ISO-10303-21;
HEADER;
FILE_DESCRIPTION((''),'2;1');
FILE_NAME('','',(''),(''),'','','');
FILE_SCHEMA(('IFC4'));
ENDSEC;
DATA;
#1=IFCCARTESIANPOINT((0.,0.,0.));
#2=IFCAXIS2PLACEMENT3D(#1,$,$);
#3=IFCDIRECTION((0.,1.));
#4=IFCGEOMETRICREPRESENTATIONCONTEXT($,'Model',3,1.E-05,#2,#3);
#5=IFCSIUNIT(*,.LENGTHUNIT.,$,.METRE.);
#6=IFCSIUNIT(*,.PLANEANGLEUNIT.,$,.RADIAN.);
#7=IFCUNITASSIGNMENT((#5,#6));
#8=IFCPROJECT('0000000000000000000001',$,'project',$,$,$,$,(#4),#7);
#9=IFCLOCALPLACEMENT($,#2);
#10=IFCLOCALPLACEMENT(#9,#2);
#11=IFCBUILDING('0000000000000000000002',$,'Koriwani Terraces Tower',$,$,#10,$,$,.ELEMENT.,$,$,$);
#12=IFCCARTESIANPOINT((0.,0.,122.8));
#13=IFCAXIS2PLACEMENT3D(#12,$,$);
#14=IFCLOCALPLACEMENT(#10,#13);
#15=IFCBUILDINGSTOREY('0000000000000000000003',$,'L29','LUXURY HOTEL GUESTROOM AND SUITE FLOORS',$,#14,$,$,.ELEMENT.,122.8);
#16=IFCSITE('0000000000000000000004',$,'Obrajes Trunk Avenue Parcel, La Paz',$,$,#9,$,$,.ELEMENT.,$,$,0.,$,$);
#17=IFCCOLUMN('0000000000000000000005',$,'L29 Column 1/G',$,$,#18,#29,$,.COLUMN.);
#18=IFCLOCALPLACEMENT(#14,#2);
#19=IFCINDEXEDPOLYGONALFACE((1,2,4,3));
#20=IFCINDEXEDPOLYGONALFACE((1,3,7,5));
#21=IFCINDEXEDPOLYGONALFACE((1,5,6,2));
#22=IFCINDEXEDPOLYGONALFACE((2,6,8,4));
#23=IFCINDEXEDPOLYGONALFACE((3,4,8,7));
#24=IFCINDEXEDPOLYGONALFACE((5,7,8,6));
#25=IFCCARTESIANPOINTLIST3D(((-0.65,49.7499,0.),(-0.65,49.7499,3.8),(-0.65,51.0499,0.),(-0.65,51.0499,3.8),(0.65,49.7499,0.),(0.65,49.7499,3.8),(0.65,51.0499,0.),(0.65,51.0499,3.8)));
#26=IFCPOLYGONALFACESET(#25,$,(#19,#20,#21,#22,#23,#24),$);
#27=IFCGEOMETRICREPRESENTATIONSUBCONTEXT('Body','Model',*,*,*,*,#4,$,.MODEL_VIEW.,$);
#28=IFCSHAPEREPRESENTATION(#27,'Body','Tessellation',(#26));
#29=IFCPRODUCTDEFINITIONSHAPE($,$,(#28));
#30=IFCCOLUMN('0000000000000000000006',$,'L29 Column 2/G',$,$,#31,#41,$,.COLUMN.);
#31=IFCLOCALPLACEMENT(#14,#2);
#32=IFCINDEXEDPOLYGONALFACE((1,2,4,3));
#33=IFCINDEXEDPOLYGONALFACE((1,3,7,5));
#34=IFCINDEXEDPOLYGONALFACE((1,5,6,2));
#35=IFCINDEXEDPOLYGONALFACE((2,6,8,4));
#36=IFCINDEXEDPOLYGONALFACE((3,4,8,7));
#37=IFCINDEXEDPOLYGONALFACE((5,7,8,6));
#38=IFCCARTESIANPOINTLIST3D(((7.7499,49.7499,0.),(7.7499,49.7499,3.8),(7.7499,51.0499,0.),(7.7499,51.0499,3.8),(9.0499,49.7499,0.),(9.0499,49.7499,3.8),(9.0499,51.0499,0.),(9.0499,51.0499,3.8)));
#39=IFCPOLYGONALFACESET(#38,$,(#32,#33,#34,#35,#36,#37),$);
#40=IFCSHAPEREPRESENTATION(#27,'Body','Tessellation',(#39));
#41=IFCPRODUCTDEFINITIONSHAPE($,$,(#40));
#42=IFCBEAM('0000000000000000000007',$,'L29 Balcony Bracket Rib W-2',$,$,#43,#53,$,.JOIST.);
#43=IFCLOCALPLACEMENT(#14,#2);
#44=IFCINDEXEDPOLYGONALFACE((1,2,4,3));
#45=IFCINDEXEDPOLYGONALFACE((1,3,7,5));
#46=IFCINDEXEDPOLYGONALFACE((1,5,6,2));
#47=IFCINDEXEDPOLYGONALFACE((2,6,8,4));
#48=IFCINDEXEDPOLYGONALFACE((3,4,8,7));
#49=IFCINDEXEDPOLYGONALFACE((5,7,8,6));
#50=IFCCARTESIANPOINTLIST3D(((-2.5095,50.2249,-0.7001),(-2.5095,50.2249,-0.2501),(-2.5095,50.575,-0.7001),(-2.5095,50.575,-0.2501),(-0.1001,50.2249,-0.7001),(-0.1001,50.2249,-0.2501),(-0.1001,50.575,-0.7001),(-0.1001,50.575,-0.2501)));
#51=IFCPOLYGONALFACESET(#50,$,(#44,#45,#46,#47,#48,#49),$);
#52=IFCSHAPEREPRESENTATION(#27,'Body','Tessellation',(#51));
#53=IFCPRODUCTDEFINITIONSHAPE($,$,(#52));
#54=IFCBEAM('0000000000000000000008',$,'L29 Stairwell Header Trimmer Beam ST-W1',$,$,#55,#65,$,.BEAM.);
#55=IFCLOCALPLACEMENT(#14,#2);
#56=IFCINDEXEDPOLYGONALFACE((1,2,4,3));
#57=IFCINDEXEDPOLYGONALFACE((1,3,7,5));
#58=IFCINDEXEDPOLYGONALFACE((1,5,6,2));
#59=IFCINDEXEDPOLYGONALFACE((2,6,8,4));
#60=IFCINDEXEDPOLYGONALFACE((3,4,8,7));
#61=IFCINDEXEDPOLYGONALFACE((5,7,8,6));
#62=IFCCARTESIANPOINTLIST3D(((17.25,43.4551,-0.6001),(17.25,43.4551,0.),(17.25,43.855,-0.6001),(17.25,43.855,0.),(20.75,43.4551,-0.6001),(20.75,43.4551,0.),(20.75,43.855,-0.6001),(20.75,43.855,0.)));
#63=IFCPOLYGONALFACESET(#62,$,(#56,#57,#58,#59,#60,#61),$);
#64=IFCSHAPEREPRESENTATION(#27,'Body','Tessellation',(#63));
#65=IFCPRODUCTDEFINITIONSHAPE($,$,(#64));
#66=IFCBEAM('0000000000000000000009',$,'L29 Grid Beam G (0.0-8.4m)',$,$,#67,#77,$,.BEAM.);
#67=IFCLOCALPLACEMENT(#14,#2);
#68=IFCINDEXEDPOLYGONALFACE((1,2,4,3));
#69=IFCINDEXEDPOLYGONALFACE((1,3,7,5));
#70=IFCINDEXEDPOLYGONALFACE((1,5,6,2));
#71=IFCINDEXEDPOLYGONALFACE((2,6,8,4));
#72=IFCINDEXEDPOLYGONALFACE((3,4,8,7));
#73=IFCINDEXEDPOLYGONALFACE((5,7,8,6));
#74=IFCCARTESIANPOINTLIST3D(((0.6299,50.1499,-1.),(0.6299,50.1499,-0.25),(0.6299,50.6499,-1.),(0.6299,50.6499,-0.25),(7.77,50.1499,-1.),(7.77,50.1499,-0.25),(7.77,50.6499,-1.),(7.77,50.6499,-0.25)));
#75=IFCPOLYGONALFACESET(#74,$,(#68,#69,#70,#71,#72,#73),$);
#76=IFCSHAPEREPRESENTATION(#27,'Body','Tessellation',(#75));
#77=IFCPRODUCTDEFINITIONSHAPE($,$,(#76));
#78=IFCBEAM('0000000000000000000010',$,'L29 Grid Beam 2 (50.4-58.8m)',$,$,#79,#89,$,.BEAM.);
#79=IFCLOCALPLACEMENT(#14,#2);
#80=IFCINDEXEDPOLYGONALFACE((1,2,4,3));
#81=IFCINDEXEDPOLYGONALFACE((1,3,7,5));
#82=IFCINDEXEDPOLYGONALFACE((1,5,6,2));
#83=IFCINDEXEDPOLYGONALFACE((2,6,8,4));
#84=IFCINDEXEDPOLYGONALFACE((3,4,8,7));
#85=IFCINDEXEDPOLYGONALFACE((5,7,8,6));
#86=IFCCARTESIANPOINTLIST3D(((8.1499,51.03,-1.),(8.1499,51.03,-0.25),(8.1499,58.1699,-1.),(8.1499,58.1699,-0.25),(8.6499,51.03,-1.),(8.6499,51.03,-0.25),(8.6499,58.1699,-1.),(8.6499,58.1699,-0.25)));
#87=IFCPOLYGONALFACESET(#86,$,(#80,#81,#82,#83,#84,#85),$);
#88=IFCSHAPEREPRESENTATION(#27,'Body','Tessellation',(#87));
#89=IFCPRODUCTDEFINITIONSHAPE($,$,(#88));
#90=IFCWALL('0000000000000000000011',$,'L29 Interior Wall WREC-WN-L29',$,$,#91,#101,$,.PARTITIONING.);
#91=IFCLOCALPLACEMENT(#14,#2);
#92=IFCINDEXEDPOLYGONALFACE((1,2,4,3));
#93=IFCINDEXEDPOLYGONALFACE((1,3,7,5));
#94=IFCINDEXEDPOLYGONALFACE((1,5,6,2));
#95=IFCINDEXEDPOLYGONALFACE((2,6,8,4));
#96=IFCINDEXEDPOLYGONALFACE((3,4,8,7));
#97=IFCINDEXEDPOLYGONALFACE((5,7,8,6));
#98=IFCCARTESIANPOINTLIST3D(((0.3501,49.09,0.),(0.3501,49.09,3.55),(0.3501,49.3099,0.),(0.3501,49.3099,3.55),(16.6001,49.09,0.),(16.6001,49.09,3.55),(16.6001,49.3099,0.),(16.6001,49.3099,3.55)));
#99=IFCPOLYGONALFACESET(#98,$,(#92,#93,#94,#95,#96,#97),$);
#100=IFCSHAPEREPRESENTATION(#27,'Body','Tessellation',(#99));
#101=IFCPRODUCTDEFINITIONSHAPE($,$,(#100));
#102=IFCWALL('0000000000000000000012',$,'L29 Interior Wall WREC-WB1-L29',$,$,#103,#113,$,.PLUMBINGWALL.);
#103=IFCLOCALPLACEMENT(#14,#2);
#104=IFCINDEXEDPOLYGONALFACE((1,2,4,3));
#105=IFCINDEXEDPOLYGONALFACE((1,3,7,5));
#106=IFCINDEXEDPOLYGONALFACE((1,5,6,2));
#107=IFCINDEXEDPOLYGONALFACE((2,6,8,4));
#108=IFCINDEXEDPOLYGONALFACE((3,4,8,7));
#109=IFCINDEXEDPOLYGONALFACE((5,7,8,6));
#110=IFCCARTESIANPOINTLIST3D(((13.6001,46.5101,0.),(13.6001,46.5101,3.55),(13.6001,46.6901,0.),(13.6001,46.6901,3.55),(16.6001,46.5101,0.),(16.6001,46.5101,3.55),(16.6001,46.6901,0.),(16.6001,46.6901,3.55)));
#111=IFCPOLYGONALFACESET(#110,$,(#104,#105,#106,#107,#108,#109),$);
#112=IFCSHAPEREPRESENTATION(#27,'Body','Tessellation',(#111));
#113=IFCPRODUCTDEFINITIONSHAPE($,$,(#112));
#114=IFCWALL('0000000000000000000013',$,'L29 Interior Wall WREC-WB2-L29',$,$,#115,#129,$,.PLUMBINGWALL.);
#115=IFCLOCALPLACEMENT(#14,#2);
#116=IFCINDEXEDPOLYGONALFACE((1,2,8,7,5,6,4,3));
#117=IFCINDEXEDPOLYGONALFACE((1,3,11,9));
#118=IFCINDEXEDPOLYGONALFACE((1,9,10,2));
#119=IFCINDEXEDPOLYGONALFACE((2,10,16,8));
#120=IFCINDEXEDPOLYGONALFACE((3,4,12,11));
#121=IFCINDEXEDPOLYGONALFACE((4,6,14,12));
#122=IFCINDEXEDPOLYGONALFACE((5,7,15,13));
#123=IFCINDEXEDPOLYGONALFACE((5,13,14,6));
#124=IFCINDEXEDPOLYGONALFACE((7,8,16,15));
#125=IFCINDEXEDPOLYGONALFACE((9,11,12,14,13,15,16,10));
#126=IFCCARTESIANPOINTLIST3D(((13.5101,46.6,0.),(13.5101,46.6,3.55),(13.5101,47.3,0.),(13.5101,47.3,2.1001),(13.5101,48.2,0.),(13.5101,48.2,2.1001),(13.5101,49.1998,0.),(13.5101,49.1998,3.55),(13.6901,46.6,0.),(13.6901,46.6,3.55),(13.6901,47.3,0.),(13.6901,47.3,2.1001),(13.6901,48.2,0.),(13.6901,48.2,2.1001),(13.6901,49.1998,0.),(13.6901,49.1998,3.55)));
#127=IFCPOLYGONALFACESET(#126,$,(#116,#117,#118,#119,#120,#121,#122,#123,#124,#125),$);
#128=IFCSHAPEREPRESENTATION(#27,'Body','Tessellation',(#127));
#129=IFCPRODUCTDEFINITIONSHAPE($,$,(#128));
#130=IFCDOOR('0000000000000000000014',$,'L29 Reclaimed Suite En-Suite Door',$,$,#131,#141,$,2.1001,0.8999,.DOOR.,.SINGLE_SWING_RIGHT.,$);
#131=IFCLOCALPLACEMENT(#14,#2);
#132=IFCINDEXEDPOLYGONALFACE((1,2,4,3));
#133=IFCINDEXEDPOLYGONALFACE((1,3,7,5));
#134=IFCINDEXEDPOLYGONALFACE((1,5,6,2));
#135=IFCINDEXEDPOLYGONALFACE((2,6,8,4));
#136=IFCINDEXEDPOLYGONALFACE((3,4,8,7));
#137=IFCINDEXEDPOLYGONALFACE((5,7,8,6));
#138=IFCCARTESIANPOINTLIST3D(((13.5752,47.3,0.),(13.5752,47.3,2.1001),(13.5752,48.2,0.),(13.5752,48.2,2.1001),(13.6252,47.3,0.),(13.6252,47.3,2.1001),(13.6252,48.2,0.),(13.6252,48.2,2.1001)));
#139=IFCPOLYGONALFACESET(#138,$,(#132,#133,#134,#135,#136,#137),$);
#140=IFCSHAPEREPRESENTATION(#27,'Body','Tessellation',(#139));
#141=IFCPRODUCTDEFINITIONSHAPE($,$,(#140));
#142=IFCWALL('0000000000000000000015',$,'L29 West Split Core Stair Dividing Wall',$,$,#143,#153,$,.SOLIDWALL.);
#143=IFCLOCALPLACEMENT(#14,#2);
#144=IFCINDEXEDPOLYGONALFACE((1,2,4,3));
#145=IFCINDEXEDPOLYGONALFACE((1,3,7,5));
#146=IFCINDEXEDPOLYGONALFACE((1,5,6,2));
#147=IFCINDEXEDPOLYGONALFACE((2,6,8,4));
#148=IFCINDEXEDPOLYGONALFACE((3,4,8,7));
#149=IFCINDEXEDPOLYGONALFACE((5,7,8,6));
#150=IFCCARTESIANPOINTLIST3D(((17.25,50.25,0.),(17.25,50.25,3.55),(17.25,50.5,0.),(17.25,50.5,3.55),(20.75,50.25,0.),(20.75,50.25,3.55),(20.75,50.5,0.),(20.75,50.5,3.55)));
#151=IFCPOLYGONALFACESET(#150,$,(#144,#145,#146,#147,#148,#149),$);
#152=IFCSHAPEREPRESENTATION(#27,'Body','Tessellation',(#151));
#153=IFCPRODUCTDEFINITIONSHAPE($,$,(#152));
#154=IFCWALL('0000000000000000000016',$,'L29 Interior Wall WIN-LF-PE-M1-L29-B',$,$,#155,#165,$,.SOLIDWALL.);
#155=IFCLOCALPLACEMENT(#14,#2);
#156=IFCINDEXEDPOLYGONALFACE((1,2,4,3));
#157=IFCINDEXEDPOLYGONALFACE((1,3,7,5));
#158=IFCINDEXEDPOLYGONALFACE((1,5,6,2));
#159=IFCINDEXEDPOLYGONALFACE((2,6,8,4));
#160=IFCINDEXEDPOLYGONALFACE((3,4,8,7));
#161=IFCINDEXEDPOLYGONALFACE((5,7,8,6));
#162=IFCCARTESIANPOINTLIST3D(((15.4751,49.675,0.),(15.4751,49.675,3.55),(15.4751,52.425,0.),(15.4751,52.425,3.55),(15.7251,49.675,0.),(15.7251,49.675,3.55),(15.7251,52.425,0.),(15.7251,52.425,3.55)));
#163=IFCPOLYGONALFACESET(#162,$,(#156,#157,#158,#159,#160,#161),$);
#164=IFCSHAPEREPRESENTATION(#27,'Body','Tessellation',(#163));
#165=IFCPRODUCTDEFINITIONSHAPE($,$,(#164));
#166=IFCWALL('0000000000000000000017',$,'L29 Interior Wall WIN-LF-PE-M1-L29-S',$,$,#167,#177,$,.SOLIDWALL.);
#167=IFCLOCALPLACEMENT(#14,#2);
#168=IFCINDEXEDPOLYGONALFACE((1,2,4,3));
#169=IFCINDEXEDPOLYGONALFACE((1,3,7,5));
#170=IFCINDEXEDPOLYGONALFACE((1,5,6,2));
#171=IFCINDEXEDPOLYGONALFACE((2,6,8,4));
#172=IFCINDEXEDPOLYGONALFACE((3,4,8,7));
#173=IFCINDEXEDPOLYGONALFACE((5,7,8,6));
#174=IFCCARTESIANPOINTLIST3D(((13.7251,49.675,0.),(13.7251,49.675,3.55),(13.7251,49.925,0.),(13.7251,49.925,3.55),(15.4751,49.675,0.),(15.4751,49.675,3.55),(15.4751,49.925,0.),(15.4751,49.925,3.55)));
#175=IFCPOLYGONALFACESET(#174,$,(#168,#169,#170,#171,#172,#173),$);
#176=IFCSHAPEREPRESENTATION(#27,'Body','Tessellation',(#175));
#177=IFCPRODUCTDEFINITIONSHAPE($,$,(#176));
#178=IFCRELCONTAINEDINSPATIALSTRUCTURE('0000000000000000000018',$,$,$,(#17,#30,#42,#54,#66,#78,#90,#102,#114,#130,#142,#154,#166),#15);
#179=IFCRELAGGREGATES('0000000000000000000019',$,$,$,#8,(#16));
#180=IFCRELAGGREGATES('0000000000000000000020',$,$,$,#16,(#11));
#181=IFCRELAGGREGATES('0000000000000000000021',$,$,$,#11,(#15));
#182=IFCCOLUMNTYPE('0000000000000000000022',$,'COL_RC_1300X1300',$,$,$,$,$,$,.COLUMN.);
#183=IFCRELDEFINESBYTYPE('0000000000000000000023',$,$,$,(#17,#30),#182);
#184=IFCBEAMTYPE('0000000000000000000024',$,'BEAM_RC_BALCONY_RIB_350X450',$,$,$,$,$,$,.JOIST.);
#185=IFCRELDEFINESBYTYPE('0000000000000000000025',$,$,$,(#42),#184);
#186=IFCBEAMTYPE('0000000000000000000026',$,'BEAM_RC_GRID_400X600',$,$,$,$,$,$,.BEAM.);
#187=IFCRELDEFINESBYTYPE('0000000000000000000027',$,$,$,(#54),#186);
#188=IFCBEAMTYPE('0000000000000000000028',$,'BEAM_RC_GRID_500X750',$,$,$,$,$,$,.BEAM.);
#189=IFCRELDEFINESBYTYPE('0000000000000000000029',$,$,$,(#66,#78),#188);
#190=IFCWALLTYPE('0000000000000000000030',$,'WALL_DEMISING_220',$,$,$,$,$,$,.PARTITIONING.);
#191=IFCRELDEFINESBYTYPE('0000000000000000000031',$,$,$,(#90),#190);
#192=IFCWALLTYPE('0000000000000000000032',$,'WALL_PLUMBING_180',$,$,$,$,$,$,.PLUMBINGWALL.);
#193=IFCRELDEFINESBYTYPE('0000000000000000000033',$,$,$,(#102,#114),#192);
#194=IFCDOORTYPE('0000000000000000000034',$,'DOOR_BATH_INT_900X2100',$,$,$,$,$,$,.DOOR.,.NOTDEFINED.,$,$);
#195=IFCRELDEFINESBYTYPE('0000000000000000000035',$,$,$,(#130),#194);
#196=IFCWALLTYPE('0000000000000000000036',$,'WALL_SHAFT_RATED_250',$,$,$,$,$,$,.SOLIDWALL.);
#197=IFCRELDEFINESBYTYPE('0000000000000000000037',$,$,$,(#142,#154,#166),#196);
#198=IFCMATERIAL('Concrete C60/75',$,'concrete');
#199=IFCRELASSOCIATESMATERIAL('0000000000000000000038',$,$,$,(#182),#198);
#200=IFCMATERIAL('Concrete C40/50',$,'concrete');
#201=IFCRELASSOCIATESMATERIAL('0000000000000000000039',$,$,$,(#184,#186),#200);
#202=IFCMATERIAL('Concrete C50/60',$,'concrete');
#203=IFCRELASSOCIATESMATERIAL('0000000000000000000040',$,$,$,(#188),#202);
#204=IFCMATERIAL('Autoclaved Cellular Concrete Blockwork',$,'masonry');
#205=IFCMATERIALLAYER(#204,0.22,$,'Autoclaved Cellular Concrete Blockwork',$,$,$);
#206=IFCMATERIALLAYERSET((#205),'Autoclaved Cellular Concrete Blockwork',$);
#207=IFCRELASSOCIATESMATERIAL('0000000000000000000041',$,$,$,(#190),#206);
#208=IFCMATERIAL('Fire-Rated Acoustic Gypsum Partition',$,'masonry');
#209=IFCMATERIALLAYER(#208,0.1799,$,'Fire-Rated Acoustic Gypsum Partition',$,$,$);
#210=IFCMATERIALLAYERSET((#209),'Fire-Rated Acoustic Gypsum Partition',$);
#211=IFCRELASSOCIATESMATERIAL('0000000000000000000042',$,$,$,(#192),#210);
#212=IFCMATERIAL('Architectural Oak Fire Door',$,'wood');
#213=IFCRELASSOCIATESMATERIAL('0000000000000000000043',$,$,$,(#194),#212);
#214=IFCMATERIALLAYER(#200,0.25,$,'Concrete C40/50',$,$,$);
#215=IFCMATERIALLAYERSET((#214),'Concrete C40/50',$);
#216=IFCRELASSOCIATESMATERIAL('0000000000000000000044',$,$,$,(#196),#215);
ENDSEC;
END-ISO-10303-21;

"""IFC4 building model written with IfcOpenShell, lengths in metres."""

from ifc_helpers import new_model, si_unit, direction, frame, frame_2d, origin, origin_2d, place, context, subcontext, project, spatial, rectangle, extrude, material, layer, layer_set, material_profile, profile_set, type_object, element, fill, save


model = new_model("IFC4")

# Units and contexts
model_context = context("Model", 3, precision=1e-05, world=origin(), true_north=direction((0.0, 1.0)))
body_context = subcontext(model_context, "Body", "Model", "MODEL_VIEW")
ifc_project = project(units=[si_unit("LENGTHUNIT", "METRE"), si_unit("PLANEANGLEUNIT", "RADIAN")], contexts=[model_context])

# Site, building, storey
site_placement = place(None, origin())
site = spatial("IfcSite", under=ifc_project, at=site_placement, Name="Obrajes Trunk Avenue Parcel, La Paz", CompositionType="ELEMENT", RefElevation=0.0)
building_placement = place(site_placement, origin())
building = spatial("IfcBuilding", under=site, at=building_placement, Name="Koriwani Terraces Tower", CompositionType="ELEMENT")
storey_placement = place(building_placement, frame((0.0, 0.0, 122.8)))
storey = spatial("IfcBuildingStorey", under=building, at=storey_placement, Name="L29", Description="LUXURY HOTEL GUESTROOM AND SUITE FLOORS", CompositionType="ELEMENT", Elevation=122.8)

# Columns
ifc_material_1 = material(Name="Concrete C60/75", Category="concrete")
ifc_material_profile_1 = material_profile(ifc_material_1, rectangle(XDim=1.3, YDim=1.3, at=origin_2d()), Name="Concrete C60/75", Category="LoadBearing")
ifc_profile_set_1 = profile_set([ifc_material_profile_1], Name="Concrete C60/75")
column_type = type_object("IfcColumnType", Name="COL_RC_1300X1300", PredefinedType="COLUMN", material=ifc_profile_set_1)
for number, where, z_axis, x_axis, name in (
    (1, (0.0, 50.3999, 0.0), (0.0, 0.0, 1.0), (1.0, 0.0, 0.0), "L29 Column 1/G"),
    (2, (8.3999, 50.3999, 0.0), (0.0, 0.0, 1.0), (1.0, 0.0, 0.0), "L29 Column 2/G"),
):
    element("IfcColumn", number, at=place(storey_placement, frame(where, z_axis=z_axis, x_axis=x_axis)), inside=storey, type_object=column_type, Name=name, PredefinedType="COLUMN", context=body_context, shape_type="SweptSolid", body=[
        extrude(rectangle(XDim=1.3, YDim=1.3, at=origin_2d()), origin(), (0.0, 0.0, 1.0), 3.8),
    ])

# Beams
ifc_material_2 = material(Name="Concrete C40/50", Category="concrete")
ifc_material_profile_2 = material_profile(ifc_material_2, rectangle(XDim=0.3501, YDim=0.45, at=origin_2d()), Name="Concrete C40/50", Category="LoadBearing")
ifc_profile_set_2 = profile_set([ifc_material_profile_2], Name="Concrete C40/50")
beam_type_1 = type_object("IfcBeamType", Name="BEAM_RC_BALCONY_RIB_350X450", PredefinedType="JOIST", material=ifc_profile_set_2)
beam_1_placement = place(storey_placement, frame((-2.5095, 50.3999, -0.4751), z_axis=(1.0, 0.0, 0.0), x_axis=(0.0, 1.0, 0.0)))
element("IfcBeam", 3, at=beam_1_placement, inside=storey, type_object=beam_type_1, Name="L29 Balcony Bracket Rib W-2", PredefinedType="JOIST", context=body_context, shape_type="SweptSolid", body=[
    extrude(rectangle(XDim=0.3501, YDim=0.45, at=origin_2d()), origin(), (0.0, 0.0, 1.0), 2.4094),
])
ifc_material_profile_3 = material_profile(ifc_material_2, rectangle(XDim=0.3999, YDim=0.6001, at=origin_2d()), Name="Concrete C40/50", Category="LoadBearing")
ifc_profile_set_3 = profile_set([ifc_material_profile_3], Name="Concrete C40/50")
beam_type_2 = type_object("IfcBeamType", Name="BEAM_RC_GRID_400X600", PredefinedType="BEAM", material=ifc_profile_set_3)
beam_2_placement = place(storey_placement, frame((17.25, 43.655, -0.3), z_axis=(1.0, 0.0, 0.0), x_axis=(0.0, 1.0, 0.0)))
element("IfcBeam", 4, at=beam_2_placement, inside=storey, type_object=beam_type_2, Name="L29 Stairwell Header Trimmer Beam ST-W1", PredefinedType="BEAM", context=body_context, shape_type="SweptSolid", body=[
    extrude(rectangle(XDim=0.3999, YDim=0.6001, at=origin_2d()), origin(), (0.0, 0.0, 1.0), 3.5),
])
ifc_material_3 = material(Name="Concrete C50/60", Category="concrete")
ifc_material_profile_4 = material_profile(ifc_material_3, rectangle(XDim=0.5, YDim=0.75, at=origin_2d()), Name="Concrete C50/60", Category="LoadBearing")
ifc_profile_set_4 = profile_set([ifc_material_profile_4], Name="Concrete C50/60")
beam_type_3 = type_object("IfcBeamType", Name="BEAM_RC_GRID_500X750", PredefinedType="BEAM", material=ifc_profile_set_4)
beam_3_placement = place(storey_placement, frame((0.6299, 50.3999, -0.625), z_axis=(1.0, 0.0, 0.0), x_axis=(0.0, 1.0, 0.0)))
element("IfcBeam", 5, at=beam_3_placement, inside=storey, type_object=beam_type_3, Name="L29 Grid Beam G (0.0-8.4m)", PredefinedType="BEAM", context=body_context, shape_type="SweptSolid", body=[
    extrude(rectangle(XDim=0.5, YDim=0.75, at=origin_2d()), origin(), (0.0, 0.0, 1.0), 7.1401),
])
beam_4_placement = place(storey_placement, frame((8.3999, 51.03, -0.625), z_axis=(0.0, 1.0, 0.0), x_axis=(-1.0, 0.0, 0.0)))
element("IfcBeam", 6, at=beam_4_placement, inside=storey, type_object=beam_type_3, Name="L29 Grid Beam 2 (50.4-58.8m)", PredefinedType="BEAM", context=body_context, shape_type="SweptSolid", body=[
    extrude(rectangle(XDim=0.5, YDim=0.75, at=origin_2d()), origin(), (0.0, 0.0, 1.0), 7.1399),
])

# Walls
ifc_material_4 = material(Name="Autoclaved Cellular Concrete Blockwork", Category="masonry")
ifc_layer_1 = layer(ifc_material_4, 0.22, Name="Autoclaved Cellular Concrete Blockwork")
ifc_layer_set_1 = layer_set([ifc_layer_1], Name="Autoclaved Cellular Concrete Blockwork")
wall_type_1 = type_object("IfcWallType", Name="WALL_DEMISING_220", PredefinedType="PARTITIONING", material=ifc_layer_set_1)
wall_1_placement = place(storey_placement, frame((0.3501, 49.2, 0.0), z_axis=(0.0, 0.0, 1.0), x_axis=(1.0, 0.0, 0.0)))
element("IfcWall", 7, at=wall_1_placement, inside=storey, type_object=wall_type_1, Name="L29 Interior Wall WREC-WN-L29", PredefinedType="PARTITIONING", context=body_context, shape_type="SweptSolid", body=[
    extrude(rectangle(XDim=16.25, YDim=0.22, at=frame_2d((8.125, 0.0))), origin(), (0.0, 0.0, 1.0), 3.55),
])
ifc_material_5 = material(Name="Fire-Rated Acoustic Gypsum Partition", Category="masonry")
ifc_layer_2 = layer(ifc_material_5, 0.1799, Name="Fire-Rated Acoustic Gypsum Partition")
ifc_layer_set_2 = layer_set([ifc_layer_2], Name="Fire-Rated Acoustic Gypsum Partition")
wall_type_2 = type_object("IfcWallType", Name="WALL_PLUMBING_180", PredefinedType="PLUMBINGWALL", material=ifc_layer_set_2)
wall_2_placement = place(storey_placement, frame((13.6001, 46.6001, 0.0), z_axis=(0.0, 0.0, 1.0), x_axis=(1.0, 0.0, 0.0)))
element("IfcWall", 8, at=wall_2_placement, inside=storey, type_object=wall_type_2, Name="L29 Interior Wall WREC-WB1-L29", PredefinedType="PLUMBINGWALL", context=body_context, shape_type="SweptSolid", body=[
    extrude(rectangle(XDim=3.0, YDim=0.1799, at=frame_2d((1.5, 0.0))), origin(), (0.0, 0.0, 1.0), 3.55),
])

# Wall, opening, door
wall_3_placement = place(storey_placement, frame((13.6001, 46.6001, 0.0), z_axis=(0.0, 0.0, 1.0), x_axis=(0.0, 1.0, 0.0)))
wall_3 = element("IfcWall", 9, at=wall_3_placement, inside=storey, type_object=wall_type_2, Name="L29 Interior Wall WREC-WB2-L29", PredefinedType="PLUMBINGWALL", context=body_context, shape_type="SweptSolid", body=[
    extrude(rectangle(XDim=2.5999, YDim=0.1799, at=frame_2d((1.2998, 0.0))), origin(), (0.0, 0.0, 1.0), 3.55),
])
opening_1_placement = place(wall_3_placement, frame((0.7, 0.0, 0.0)))
opening_1 = element("IfcOpeningElement", 10, at=opening_1_placement, cuts=wall_3, PredefinedType="OPENING", context=body_context, shape_type="SweptSolid", body=[
    extrude(rectangle(XDim=0.8999, YDim=2.1001, at=frame_2d((0.45, 1.05))), frame((0.0, 0.1001, 0.0), z_axis=(0.0, -1.0, 0.0), x_axis=(1.0, 0.0, 0.0)), (0.0, 0.0, 1.0), 0.2),
])
ifc_material_6 = material(Name="Architectural Oak Fire Door", Category="wood")
door_type_1 = type_object("IfcDoorType", Name="DOOR_BATH_INT_900X2100", OperationType="NOTDEFINED", PredefinedType="DOOR", material=ifc_material_6)
door_1_placement = place(opening_1_placement, origin())
door_1 = element("IfcDoor", 11, at=door_1_placement, inside=storey, type_object=door_type_1, Name="L29 Reclaimed Suite En-Suite Door", OperationType="SINGLE_SWING_RIGHT", OverallHeight=2.1001, OverallWidth=0.8999, PredefinedType="DOOR", context=body_context, shape_type="SweptSolid", body=[
    extrude(rectangle(XDim=0.8999, YDim=2.1001, at=frame_2d((0.45, 1.05))), frame((0.0, 0.0249, 0.0), z_axis=(0.0, -1.0, 0.0), x_axis=(1.0, 0.0, 0.0)), (0.0, 0.0, 1.0), 0.05),
])
fill(opening_1, door_1)

# Wall
ifc_layer_3 = layer(ifc_material_2, 0.25, Name="Concrete C40/50")
ifc_layer_set_3 = layer_set([ifc_layer_3], Name="Concrete C40/50")
wall_type_3 = type_object("IfcWallType", Name="WALL_SHAFT_RATED_250", PredefinedType="SOLIDWALL", material=ifc_layer_set_3)
wall_4_placement = place(storey_placement, frame((17.25, 50.375, 0.0), z_axis=(0.0, 0.0, 1.0), x_axis=(1.0, 0.0, 0.0)))
element("IfcWall", 12, at=wall_4_placement, inside=storey, type_object=wall_type_3, Name="L29 West Split Core Stair Dividing Wall", PredefinedType="SOLIDWALL", context=body_context, shape_type="SweptSolid", body=[
    extrude(rectangle(XDim=3.5, YDim=0.25, at=frame_2d((1.75, 0.0))), origin(), (0.0, 0.0, 1.0), 3.55),
])

# Walls
wall_5_placement = place(storey_placement, frame((15.6001, 49.675, 0.0), z_axis=(0.0, 0.0, 1.0), x_axis=(0.0, 1.0, 0.0)))
element("IfcWall", 13, at=wall_5_placement, inside=storey, type_object=wall_type_3, Name="L29 Interior Wall WIN-LF-PE-M1-L29-B", PredefinedType="SOLIDWALL", context=body_context, shape_type="SweptSolid", body=[
    extrude(rectangle(XDim=2.75, YDim=0.25, at=frame_2d((1.375, 0.0))), origin(), (0.0, 0.0, 1.0), 3.55),
])
for number, where, z_axis, x_axis, name in (
    (14, (13.7251, 49.8, 0.0), (0.0, 0.0, 1.0), (1.0, 0.0, 0.0), "L29 Interior Wall WIN-LF-PE-M1-L29-S"),
):
    element("IfcWall", number, at=place(storey_placement, frame(where, z_axis=z_axis, x_axis=x_axis)), inside=storey, type_object=wall_type_3, Name=name, PredefinedType="SOLIDWALL", context=body_context, shape_type="SweptSolid", body=[
        extrude(rectangle(XDim=1.75, YDim=0.25, at=frame_2d((0.875, 0.0))), origin(), (0.0, 0.0, 1.0), 3.55),
    ])

save(model, "model.ifc")
